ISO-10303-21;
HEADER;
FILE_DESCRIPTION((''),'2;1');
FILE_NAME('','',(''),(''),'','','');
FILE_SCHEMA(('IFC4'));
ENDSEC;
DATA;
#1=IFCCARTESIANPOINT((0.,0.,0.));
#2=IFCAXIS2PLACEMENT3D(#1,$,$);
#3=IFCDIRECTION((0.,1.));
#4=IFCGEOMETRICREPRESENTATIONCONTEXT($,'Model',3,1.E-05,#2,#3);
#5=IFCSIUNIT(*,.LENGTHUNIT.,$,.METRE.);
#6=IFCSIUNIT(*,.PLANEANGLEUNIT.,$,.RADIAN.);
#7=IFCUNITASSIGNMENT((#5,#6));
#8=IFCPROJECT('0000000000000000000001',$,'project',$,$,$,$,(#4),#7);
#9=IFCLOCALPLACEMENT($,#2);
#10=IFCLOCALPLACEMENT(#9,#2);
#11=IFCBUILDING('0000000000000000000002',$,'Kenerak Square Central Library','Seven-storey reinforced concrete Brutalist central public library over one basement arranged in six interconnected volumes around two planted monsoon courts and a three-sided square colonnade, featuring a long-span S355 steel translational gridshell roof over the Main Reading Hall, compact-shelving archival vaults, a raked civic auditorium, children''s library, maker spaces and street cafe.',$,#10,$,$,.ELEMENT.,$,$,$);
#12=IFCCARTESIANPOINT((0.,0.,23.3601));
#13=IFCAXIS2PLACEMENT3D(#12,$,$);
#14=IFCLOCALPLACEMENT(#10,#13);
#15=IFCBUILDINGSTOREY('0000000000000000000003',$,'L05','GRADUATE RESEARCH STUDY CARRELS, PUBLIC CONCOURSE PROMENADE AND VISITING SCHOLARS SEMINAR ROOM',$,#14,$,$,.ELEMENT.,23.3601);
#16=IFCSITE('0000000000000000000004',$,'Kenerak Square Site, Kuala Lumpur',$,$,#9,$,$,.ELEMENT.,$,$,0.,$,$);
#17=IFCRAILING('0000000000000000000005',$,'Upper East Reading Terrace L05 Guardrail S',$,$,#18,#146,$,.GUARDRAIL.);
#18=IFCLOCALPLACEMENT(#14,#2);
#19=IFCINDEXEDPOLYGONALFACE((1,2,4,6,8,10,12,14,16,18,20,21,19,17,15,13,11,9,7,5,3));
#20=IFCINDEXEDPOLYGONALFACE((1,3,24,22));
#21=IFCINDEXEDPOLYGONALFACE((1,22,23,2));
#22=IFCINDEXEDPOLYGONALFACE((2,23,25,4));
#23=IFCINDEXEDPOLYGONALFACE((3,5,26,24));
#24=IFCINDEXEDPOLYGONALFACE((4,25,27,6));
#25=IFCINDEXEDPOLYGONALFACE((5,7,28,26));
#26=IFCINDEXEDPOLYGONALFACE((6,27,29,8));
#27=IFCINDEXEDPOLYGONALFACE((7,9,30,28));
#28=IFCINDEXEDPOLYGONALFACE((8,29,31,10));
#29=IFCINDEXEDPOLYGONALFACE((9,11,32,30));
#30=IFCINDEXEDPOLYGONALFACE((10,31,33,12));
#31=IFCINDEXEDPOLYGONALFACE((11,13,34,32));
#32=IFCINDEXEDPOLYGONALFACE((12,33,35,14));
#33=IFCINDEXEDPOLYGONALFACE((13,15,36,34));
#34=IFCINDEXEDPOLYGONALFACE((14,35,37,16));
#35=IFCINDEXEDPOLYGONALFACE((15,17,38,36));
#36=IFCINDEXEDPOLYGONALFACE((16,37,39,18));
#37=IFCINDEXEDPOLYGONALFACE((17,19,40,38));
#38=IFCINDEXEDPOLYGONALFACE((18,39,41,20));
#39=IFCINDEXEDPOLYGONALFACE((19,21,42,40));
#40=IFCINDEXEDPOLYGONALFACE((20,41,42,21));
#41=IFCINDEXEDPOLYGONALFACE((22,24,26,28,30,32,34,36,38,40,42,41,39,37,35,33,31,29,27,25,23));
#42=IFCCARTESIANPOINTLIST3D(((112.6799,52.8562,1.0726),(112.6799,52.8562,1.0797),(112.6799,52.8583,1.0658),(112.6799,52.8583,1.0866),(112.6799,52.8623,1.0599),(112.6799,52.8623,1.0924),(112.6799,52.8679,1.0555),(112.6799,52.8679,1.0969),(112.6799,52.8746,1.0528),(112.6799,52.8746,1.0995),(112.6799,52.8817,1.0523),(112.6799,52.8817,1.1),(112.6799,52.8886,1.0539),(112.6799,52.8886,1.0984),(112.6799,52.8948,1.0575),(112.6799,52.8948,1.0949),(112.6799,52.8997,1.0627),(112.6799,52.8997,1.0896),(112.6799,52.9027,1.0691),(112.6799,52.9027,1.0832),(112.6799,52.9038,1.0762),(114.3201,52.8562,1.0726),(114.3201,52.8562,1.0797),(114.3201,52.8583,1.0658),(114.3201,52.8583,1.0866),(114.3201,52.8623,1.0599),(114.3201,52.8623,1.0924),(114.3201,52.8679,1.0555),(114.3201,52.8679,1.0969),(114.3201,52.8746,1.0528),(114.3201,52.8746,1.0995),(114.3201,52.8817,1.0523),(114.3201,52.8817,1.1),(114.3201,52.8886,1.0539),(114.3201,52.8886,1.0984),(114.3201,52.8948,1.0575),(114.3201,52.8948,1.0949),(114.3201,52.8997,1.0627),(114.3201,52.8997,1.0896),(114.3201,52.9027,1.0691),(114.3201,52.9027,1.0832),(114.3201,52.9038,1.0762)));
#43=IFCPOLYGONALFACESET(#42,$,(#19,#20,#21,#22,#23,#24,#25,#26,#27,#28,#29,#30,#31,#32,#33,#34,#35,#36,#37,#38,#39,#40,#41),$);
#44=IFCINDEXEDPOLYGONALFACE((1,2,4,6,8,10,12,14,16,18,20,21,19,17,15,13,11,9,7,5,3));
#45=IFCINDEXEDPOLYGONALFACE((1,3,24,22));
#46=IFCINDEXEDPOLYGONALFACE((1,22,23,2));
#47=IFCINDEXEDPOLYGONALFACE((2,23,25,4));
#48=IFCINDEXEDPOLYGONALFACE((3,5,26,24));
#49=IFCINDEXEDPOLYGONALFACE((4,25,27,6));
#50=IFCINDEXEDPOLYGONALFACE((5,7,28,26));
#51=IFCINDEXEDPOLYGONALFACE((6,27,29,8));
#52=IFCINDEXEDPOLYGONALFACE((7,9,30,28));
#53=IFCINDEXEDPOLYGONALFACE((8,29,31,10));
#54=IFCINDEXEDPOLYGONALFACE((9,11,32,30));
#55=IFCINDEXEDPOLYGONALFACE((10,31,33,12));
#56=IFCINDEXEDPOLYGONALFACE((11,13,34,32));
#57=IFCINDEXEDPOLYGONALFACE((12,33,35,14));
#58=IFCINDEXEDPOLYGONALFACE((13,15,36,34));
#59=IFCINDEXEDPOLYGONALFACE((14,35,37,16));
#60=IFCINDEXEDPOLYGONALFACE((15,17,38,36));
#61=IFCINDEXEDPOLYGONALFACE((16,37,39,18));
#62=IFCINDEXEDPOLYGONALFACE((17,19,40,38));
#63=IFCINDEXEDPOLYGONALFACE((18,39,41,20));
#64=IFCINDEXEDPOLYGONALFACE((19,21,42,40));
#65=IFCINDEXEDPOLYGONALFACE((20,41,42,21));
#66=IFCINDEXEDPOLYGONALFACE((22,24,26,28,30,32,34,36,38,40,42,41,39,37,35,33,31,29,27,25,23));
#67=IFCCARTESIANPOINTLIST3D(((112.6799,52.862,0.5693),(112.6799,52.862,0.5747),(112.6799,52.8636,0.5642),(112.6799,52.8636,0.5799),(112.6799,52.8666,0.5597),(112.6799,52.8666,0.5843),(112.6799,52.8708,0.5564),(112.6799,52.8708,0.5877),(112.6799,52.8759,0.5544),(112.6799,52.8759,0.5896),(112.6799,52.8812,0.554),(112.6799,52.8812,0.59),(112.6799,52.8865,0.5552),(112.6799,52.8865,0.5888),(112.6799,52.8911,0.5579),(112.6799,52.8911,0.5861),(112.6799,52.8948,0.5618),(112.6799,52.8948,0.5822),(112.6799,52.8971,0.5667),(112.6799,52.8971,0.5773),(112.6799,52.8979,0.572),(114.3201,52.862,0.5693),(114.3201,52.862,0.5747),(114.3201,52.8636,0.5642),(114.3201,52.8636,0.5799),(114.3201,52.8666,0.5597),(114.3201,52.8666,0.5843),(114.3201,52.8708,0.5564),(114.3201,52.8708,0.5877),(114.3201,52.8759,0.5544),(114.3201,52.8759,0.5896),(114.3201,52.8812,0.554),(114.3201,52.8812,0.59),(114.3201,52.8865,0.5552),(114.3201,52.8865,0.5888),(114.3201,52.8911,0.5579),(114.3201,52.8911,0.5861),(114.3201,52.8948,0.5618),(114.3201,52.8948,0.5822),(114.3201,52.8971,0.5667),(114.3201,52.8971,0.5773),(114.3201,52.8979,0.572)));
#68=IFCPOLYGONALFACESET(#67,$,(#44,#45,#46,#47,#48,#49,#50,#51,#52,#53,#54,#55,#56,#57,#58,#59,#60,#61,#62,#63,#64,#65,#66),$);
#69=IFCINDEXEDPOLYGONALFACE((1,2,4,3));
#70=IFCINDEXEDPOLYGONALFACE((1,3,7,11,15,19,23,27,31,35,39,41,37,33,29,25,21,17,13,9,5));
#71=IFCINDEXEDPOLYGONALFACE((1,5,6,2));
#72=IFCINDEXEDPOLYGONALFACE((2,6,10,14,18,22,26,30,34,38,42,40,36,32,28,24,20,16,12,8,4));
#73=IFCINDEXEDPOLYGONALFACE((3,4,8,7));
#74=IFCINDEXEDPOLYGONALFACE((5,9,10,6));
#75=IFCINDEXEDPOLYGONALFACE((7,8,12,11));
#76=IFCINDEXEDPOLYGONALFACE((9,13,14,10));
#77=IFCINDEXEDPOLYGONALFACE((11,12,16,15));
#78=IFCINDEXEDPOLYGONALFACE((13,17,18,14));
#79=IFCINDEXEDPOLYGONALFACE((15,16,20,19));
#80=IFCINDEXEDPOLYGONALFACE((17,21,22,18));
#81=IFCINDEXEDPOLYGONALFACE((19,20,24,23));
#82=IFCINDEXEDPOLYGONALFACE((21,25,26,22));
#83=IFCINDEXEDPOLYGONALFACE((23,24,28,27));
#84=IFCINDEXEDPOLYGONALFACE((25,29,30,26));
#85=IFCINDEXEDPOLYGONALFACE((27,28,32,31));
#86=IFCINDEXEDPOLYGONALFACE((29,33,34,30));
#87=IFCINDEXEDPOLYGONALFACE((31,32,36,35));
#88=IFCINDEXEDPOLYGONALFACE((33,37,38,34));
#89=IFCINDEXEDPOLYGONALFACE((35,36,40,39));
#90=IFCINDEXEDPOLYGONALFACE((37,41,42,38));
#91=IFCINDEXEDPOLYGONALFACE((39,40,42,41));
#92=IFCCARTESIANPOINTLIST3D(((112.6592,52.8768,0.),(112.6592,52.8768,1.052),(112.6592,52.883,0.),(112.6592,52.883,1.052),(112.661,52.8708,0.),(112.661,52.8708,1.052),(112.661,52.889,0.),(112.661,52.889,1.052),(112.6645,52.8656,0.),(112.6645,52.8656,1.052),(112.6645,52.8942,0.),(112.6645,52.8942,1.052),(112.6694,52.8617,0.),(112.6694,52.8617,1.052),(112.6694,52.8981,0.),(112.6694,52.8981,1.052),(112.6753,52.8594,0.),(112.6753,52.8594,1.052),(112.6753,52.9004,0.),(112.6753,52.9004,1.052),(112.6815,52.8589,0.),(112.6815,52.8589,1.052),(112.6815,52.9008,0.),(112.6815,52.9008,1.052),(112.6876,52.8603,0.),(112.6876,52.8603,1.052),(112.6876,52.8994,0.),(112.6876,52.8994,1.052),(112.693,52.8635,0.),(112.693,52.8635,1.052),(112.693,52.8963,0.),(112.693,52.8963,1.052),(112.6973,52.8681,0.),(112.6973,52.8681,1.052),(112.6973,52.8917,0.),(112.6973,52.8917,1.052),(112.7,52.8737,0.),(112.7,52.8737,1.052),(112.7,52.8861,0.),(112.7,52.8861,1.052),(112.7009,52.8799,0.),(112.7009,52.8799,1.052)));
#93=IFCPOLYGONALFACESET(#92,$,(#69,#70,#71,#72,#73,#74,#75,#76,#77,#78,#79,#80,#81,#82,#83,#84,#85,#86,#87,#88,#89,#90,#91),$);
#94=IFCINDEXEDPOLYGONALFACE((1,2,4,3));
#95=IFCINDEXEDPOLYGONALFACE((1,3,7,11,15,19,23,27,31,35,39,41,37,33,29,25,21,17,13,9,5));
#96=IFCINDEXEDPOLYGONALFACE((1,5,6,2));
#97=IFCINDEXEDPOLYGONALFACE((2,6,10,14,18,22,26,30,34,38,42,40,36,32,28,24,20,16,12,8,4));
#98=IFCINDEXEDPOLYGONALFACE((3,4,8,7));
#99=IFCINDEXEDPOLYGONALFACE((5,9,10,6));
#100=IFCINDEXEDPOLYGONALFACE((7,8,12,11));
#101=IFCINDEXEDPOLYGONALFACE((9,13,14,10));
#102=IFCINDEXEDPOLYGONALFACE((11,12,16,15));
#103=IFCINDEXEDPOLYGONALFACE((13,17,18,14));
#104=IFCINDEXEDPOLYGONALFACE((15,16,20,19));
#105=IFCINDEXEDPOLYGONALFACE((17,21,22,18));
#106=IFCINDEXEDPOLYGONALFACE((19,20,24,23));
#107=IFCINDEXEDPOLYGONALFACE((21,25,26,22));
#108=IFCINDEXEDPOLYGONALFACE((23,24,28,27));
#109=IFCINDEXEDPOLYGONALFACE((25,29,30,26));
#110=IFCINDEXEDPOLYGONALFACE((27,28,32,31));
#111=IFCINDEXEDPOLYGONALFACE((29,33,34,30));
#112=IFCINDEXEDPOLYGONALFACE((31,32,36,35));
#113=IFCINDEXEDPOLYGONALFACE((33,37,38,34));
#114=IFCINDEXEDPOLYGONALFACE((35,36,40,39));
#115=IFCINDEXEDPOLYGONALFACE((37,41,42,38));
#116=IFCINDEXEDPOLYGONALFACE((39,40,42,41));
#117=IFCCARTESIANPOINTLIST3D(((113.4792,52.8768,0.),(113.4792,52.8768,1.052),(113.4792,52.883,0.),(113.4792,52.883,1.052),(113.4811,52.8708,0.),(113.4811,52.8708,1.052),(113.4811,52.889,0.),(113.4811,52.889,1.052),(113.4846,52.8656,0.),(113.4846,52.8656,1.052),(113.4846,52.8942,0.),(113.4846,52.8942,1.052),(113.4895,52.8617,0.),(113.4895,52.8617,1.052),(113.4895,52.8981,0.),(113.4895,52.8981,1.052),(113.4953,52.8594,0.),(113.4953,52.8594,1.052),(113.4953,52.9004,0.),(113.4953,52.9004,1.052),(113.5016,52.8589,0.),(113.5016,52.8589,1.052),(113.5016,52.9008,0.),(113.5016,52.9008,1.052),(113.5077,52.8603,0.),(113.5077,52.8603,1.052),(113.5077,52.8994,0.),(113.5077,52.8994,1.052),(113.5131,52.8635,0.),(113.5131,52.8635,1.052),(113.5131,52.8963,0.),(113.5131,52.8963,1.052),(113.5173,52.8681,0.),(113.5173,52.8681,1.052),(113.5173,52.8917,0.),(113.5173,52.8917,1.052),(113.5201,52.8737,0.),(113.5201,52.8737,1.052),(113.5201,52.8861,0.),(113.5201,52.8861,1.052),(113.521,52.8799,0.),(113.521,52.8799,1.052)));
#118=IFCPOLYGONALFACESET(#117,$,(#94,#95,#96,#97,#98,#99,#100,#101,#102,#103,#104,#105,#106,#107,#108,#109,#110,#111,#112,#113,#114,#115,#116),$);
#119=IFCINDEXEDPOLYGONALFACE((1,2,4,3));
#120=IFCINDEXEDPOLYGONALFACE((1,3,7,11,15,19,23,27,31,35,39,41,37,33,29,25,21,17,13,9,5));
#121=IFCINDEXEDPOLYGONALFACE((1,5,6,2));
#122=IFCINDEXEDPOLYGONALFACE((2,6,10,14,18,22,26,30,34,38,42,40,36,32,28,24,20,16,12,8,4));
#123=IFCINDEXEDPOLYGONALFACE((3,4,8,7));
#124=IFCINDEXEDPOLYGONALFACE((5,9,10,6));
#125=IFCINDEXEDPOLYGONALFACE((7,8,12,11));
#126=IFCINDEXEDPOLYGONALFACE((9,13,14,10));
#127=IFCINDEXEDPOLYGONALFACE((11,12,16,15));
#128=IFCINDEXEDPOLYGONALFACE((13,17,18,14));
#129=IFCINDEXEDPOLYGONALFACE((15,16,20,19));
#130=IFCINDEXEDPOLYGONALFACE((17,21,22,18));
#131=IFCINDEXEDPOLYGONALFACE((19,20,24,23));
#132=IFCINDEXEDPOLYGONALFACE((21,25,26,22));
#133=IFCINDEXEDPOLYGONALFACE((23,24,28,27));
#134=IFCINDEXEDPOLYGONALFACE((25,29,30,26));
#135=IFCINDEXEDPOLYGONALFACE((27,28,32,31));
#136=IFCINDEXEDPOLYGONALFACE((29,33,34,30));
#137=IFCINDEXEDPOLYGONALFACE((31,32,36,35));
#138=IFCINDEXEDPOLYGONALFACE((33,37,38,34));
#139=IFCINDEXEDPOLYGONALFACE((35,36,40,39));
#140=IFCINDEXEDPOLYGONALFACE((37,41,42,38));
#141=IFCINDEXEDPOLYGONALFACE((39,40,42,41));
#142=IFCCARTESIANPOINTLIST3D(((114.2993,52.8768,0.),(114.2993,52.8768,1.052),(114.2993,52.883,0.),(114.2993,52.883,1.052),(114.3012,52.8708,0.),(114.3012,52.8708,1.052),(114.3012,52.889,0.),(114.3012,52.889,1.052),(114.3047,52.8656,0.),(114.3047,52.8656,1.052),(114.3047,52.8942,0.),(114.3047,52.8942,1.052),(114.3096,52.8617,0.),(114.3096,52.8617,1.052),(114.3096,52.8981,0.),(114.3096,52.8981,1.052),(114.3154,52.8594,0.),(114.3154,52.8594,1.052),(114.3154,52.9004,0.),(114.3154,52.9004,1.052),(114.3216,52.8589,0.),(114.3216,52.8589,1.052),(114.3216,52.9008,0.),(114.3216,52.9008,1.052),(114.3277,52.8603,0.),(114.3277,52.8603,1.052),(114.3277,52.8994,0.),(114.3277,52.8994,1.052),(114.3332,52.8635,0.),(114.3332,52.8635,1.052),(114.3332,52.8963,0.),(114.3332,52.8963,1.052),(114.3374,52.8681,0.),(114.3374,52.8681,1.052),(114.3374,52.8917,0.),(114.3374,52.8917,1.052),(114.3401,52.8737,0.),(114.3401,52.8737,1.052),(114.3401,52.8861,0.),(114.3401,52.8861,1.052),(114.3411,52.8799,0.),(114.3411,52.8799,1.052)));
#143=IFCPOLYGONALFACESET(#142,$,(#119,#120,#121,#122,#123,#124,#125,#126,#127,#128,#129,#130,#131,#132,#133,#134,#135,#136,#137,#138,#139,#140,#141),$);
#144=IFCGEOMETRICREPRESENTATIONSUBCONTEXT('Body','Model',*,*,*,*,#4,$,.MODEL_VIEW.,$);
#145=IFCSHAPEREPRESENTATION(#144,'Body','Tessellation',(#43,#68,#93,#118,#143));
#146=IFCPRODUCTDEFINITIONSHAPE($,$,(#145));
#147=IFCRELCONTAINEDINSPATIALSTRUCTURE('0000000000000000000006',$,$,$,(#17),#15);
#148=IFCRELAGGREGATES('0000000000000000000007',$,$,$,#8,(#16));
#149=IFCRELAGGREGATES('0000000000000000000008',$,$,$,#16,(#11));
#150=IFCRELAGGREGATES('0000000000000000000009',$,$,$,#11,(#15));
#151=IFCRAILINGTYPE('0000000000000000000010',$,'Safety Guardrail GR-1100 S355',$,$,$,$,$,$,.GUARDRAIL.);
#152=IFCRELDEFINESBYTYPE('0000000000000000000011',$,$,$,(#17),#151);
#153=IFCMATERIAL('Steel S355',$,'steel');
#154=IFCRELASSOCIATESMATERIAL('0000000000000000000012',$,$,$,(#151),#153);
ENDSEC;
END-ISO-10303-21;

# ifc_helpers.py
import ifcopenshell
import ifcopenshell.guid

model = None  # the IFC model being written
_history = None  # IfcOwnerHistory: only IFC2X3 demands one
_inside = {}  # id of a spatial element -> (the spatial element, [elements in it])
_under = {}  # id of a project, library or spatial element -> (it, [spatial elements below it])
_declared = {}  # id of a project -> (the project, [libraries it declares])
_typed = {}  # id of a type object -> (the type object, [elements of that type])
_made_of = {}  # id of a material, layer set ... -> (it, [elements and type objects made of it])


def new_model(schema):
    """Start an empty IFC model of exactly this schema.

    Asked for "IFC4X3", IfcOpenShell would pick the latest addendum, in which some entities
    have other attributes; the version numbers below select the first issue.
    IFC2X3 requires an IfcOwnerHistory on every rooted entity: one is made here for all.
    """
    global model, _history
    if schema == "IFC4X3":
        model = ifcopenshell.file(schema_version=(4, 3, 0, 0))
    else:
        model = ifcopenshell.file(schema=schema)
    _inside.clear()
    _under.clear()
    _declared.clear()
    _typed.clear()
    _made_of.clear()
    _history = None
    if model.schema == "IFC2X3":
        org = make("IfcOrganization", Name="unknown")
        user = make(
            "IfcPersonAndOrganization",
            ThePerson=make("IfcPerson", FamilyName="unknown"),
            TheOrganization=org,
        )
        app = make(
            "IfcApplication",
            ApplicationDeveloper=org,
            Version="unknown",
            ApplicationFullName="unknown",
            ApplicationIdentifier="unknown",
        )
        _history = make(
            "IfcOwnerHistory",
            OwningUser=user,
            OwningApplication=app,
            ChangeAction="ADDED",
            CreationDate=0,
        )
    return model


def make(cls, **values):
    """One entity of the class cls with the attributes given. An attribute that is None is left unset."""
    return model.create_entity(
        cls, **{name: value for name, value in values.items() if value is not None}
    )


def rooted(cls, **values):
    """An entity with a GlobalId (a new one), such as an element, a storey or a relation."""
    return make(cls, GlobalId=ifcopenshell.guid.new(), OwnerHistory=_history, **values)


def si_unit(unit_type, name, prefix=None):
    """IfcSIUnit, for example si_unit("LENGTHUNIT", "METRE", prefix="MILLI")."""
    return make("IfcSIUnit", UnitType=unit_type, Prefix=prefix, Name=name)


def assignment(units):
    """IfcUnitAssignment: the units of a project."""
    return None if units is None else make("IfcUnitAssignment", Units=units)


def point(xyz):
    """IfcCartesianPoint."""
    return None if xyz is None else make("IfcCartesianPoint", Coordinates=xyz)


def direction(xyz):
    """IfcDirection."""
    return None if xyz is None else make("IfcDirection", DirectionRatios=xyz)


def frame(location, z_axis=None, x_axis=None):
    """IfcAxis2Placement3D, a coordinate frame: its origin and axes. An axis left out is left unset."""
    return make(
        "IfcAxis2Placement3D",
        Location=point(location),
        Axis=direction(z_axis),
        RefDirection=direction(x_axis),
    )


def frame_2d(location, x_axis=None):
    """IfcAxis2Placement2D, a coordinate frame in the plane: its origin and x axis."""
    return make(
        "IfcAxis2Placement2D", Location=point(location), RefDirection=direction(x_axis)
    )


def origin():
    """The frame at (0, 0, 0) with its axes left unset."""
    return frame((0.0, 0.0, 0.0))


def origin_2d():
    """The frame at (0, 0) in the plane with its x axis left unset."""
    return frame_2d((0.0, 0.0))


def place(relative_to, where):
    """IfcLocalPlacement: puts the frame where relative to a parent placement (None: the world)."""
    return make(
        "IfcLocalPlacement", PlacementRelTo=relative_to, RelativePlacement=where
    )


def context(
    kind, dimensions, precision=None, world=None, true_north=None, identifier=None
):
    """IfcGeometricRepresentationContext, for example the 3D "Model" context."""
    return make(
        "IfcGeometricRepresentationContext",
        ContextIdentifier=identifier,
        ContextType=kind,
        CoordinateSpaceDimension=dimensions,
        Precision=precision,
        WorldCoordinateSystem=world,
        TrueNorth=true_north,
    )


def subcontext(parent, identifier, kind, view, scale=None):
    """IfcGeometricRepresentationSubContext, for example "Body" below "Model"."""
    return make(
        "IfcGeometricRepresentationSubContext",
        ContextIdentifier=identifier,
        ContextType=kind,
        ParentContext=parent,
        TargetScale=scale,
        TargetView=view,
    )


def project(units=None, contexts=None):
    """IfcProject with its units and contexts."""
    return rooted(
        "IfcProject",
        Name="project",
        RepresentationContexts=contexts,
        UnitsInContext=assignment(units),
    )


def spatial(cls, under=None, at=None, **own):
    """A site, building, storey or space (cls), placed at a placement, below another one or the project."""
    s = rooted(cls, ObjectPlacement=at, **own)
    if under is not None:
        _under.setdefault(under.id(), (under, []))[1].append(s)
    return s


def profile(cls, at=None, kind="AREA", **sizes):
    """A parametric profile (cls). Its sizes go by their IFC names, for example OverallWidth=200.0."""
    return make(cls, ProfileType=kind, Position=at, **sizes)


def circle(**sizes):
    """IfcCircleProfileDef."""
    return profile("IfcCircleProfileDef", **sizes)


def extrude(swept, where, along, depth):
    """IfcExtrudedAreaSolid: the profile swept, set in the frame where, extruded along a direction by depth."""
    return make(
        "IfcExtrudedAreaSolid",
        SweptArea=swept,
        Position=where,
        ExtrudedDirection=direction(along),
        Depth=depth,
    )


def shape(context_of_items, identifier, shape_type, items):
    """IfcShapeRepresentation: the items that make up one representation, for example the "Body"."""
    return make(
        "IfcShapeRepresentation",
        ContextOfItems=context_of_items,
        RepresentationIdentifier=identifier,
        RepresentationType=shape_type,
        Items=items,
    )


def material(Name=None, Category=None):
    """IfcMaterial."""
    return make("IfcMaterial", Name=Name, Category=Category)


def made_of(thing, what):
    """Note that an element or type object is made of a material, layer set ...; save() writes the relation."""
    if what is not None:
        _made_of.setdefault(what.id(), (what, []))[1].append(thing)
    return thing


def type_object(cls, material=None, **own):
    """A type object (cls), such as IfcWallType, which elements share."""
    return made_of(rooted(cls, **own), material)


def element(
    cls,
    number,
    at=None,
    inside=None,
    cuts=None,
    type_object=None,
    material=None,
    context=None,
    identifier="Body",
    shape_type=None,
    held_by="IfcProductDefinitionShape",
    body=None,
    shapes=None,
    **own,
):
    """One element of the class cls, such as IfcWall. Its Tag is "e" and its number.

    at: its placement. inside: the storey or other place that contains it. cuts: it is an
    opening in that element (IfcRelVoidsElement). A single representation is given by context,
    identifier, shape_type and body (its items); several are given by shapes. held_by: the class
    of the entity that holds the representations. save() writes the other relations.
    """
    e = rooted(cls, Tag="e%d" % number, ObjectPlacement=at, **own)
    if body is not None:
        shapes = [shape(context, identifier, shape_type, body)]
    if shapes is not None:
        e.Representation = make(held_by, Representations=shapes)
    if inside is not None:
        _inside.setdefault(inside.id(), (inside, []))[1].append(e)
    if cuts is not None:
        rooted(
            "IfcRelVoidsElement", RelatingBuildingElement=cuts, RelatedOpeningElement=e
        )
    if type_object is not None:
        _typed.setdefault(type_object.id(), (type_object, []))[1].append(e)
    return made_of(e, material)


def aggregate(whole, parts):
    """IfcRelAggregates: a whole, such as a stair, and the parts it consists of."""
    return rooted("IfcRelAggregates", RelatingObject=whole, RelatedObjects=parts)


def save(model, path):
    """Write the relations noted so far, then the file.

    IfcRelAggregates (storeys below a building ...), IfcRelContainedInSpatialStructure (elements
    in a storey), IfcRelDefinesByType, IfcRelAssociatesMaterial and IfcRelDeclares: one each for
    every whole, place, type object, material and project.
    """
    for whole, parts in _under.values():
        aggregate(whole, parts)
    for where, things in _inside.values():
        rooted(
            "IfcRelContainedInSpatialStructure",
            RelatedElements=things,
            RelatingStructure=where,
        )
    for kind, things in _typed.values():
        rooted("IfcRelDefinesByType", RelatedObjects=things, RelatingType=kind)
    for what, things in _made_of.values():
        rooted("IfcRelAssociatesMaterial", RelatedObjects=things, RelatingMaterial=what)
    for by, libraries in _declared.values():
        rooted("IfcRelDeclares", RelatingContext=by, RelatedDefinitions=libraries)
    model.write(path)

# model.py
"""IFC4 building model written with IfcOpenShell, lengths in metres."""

from ifc_helpers import new_model, si_unit, direction, frame, origin, origin_2d, place, context, subcontext, project, spatial, circle, extrude, material, type_object, element, save


model = new_model("IFC4")

# Units and contexts
model_context = context("Model", 3, precision=1e-05, world=origin(), true_north=direction((0.0, 1.0)))
body_context = subcontext(model_context, "Body", "Model", "MODEL_VIEW")
ifc_project = project(units=[si_unit("LENGTHUNIT", "METRE"), si_unit("PLANEANGLEUNIT", "RADIAN")], contexts=[model_context])

# Site, building, storey
site_placement = place(None, origin())
site = spatial("IfcSite", under=ifc_project, at=site_placement, Name="Kenerak Square Site, Kuala Lumpur", CompositionType="ELEMENT", RefElevation=0.0)
building_placement = place(site_placement, origin())
building = spatial("IfcBuilding", under=site, at=building_placement, Name="Kenerak Square Central Library", Description="Seven-storey reinforced concrete Brutalist central public library over one basement arranged in six interconnected volumes around two planted monsoon courts and a three-sided square colonnade, featuring a long-span S355 steel translational gridshell roof over the Main Reading Hall, compact-shelving archival vaults, a raked civic auditorium, children's library, maker spaces and street cafe.", CompositionType="ELEMENT")
storey_placement = place(building_placement, frame((0.0, 0.0, 23.3601)))
storey = spatial("IfcBuildingStorey", under=building, at=storey_placement, Name="L05", Description="GRADUATE RESEARCH STUDY CARRELS, PUBLIC CONCOURSE PROMENADE AND VISITING SCHOLARS SEMINAR ROOM", CompositionType="ELEMENT", Elevation=23.3601)

# Shared definitions
ifc_material_1 = material(Name="Steel S355", Category="steel")

# Railing
railing_type = type_object("IfcRailingType", Name="Safety Guardrail GR-1100 S355", PredefinedType="GUARDRAIL", material=ifc_material_1)
railing_1_placement = place(storey_placement, frame((112.6799, 52.8799, 0.0)))
element("IfcRailing", 1, at=railing_1_placement, inside=storey, type_object=railing_type, Name="Upper East Reading Terrace L05 Guardrail S", PredefinedType="GUARDRAIL", context=body_context, shape_type="SweptSolid", body=[
    extrude(circle(Radius=0.0239, at=origin_2d()), frame((0.0, 0.0, 1.0762), z_axis=(1.0, 0.0, 0.0), x_axis=(0.0, 1.0, 0.0)), (0.0, 0.0, 1.0), 1.6401),
    extrude(circle(Radius=0.0181, at=origin_2d()), frame((0.0, 0.0, 0.572), z_axis=(1.0, 0.0, 0.0), x_axis=(0.0, 1.0, 0.0)), (0.0, 0.0, 1.0), 1.6401),
    extrude(circle(Radius=0.021, at=origin_2d()), origin(), (0.0, 0.0, 1.0), 1.052),
    extrude(circle(Radius=0.021, at=origin_2d()), frame((0.8201, 0.0, 0.0)), (0.0, 0.0, 1.0), 1.052),
    extrude(circle(Radius=0.021, at=origin_2d()), frame((1.6401, 0.0, 0.0)), (0.0, 0.0, 1.0), 1.052),
])

save(model, "model.ifc")
